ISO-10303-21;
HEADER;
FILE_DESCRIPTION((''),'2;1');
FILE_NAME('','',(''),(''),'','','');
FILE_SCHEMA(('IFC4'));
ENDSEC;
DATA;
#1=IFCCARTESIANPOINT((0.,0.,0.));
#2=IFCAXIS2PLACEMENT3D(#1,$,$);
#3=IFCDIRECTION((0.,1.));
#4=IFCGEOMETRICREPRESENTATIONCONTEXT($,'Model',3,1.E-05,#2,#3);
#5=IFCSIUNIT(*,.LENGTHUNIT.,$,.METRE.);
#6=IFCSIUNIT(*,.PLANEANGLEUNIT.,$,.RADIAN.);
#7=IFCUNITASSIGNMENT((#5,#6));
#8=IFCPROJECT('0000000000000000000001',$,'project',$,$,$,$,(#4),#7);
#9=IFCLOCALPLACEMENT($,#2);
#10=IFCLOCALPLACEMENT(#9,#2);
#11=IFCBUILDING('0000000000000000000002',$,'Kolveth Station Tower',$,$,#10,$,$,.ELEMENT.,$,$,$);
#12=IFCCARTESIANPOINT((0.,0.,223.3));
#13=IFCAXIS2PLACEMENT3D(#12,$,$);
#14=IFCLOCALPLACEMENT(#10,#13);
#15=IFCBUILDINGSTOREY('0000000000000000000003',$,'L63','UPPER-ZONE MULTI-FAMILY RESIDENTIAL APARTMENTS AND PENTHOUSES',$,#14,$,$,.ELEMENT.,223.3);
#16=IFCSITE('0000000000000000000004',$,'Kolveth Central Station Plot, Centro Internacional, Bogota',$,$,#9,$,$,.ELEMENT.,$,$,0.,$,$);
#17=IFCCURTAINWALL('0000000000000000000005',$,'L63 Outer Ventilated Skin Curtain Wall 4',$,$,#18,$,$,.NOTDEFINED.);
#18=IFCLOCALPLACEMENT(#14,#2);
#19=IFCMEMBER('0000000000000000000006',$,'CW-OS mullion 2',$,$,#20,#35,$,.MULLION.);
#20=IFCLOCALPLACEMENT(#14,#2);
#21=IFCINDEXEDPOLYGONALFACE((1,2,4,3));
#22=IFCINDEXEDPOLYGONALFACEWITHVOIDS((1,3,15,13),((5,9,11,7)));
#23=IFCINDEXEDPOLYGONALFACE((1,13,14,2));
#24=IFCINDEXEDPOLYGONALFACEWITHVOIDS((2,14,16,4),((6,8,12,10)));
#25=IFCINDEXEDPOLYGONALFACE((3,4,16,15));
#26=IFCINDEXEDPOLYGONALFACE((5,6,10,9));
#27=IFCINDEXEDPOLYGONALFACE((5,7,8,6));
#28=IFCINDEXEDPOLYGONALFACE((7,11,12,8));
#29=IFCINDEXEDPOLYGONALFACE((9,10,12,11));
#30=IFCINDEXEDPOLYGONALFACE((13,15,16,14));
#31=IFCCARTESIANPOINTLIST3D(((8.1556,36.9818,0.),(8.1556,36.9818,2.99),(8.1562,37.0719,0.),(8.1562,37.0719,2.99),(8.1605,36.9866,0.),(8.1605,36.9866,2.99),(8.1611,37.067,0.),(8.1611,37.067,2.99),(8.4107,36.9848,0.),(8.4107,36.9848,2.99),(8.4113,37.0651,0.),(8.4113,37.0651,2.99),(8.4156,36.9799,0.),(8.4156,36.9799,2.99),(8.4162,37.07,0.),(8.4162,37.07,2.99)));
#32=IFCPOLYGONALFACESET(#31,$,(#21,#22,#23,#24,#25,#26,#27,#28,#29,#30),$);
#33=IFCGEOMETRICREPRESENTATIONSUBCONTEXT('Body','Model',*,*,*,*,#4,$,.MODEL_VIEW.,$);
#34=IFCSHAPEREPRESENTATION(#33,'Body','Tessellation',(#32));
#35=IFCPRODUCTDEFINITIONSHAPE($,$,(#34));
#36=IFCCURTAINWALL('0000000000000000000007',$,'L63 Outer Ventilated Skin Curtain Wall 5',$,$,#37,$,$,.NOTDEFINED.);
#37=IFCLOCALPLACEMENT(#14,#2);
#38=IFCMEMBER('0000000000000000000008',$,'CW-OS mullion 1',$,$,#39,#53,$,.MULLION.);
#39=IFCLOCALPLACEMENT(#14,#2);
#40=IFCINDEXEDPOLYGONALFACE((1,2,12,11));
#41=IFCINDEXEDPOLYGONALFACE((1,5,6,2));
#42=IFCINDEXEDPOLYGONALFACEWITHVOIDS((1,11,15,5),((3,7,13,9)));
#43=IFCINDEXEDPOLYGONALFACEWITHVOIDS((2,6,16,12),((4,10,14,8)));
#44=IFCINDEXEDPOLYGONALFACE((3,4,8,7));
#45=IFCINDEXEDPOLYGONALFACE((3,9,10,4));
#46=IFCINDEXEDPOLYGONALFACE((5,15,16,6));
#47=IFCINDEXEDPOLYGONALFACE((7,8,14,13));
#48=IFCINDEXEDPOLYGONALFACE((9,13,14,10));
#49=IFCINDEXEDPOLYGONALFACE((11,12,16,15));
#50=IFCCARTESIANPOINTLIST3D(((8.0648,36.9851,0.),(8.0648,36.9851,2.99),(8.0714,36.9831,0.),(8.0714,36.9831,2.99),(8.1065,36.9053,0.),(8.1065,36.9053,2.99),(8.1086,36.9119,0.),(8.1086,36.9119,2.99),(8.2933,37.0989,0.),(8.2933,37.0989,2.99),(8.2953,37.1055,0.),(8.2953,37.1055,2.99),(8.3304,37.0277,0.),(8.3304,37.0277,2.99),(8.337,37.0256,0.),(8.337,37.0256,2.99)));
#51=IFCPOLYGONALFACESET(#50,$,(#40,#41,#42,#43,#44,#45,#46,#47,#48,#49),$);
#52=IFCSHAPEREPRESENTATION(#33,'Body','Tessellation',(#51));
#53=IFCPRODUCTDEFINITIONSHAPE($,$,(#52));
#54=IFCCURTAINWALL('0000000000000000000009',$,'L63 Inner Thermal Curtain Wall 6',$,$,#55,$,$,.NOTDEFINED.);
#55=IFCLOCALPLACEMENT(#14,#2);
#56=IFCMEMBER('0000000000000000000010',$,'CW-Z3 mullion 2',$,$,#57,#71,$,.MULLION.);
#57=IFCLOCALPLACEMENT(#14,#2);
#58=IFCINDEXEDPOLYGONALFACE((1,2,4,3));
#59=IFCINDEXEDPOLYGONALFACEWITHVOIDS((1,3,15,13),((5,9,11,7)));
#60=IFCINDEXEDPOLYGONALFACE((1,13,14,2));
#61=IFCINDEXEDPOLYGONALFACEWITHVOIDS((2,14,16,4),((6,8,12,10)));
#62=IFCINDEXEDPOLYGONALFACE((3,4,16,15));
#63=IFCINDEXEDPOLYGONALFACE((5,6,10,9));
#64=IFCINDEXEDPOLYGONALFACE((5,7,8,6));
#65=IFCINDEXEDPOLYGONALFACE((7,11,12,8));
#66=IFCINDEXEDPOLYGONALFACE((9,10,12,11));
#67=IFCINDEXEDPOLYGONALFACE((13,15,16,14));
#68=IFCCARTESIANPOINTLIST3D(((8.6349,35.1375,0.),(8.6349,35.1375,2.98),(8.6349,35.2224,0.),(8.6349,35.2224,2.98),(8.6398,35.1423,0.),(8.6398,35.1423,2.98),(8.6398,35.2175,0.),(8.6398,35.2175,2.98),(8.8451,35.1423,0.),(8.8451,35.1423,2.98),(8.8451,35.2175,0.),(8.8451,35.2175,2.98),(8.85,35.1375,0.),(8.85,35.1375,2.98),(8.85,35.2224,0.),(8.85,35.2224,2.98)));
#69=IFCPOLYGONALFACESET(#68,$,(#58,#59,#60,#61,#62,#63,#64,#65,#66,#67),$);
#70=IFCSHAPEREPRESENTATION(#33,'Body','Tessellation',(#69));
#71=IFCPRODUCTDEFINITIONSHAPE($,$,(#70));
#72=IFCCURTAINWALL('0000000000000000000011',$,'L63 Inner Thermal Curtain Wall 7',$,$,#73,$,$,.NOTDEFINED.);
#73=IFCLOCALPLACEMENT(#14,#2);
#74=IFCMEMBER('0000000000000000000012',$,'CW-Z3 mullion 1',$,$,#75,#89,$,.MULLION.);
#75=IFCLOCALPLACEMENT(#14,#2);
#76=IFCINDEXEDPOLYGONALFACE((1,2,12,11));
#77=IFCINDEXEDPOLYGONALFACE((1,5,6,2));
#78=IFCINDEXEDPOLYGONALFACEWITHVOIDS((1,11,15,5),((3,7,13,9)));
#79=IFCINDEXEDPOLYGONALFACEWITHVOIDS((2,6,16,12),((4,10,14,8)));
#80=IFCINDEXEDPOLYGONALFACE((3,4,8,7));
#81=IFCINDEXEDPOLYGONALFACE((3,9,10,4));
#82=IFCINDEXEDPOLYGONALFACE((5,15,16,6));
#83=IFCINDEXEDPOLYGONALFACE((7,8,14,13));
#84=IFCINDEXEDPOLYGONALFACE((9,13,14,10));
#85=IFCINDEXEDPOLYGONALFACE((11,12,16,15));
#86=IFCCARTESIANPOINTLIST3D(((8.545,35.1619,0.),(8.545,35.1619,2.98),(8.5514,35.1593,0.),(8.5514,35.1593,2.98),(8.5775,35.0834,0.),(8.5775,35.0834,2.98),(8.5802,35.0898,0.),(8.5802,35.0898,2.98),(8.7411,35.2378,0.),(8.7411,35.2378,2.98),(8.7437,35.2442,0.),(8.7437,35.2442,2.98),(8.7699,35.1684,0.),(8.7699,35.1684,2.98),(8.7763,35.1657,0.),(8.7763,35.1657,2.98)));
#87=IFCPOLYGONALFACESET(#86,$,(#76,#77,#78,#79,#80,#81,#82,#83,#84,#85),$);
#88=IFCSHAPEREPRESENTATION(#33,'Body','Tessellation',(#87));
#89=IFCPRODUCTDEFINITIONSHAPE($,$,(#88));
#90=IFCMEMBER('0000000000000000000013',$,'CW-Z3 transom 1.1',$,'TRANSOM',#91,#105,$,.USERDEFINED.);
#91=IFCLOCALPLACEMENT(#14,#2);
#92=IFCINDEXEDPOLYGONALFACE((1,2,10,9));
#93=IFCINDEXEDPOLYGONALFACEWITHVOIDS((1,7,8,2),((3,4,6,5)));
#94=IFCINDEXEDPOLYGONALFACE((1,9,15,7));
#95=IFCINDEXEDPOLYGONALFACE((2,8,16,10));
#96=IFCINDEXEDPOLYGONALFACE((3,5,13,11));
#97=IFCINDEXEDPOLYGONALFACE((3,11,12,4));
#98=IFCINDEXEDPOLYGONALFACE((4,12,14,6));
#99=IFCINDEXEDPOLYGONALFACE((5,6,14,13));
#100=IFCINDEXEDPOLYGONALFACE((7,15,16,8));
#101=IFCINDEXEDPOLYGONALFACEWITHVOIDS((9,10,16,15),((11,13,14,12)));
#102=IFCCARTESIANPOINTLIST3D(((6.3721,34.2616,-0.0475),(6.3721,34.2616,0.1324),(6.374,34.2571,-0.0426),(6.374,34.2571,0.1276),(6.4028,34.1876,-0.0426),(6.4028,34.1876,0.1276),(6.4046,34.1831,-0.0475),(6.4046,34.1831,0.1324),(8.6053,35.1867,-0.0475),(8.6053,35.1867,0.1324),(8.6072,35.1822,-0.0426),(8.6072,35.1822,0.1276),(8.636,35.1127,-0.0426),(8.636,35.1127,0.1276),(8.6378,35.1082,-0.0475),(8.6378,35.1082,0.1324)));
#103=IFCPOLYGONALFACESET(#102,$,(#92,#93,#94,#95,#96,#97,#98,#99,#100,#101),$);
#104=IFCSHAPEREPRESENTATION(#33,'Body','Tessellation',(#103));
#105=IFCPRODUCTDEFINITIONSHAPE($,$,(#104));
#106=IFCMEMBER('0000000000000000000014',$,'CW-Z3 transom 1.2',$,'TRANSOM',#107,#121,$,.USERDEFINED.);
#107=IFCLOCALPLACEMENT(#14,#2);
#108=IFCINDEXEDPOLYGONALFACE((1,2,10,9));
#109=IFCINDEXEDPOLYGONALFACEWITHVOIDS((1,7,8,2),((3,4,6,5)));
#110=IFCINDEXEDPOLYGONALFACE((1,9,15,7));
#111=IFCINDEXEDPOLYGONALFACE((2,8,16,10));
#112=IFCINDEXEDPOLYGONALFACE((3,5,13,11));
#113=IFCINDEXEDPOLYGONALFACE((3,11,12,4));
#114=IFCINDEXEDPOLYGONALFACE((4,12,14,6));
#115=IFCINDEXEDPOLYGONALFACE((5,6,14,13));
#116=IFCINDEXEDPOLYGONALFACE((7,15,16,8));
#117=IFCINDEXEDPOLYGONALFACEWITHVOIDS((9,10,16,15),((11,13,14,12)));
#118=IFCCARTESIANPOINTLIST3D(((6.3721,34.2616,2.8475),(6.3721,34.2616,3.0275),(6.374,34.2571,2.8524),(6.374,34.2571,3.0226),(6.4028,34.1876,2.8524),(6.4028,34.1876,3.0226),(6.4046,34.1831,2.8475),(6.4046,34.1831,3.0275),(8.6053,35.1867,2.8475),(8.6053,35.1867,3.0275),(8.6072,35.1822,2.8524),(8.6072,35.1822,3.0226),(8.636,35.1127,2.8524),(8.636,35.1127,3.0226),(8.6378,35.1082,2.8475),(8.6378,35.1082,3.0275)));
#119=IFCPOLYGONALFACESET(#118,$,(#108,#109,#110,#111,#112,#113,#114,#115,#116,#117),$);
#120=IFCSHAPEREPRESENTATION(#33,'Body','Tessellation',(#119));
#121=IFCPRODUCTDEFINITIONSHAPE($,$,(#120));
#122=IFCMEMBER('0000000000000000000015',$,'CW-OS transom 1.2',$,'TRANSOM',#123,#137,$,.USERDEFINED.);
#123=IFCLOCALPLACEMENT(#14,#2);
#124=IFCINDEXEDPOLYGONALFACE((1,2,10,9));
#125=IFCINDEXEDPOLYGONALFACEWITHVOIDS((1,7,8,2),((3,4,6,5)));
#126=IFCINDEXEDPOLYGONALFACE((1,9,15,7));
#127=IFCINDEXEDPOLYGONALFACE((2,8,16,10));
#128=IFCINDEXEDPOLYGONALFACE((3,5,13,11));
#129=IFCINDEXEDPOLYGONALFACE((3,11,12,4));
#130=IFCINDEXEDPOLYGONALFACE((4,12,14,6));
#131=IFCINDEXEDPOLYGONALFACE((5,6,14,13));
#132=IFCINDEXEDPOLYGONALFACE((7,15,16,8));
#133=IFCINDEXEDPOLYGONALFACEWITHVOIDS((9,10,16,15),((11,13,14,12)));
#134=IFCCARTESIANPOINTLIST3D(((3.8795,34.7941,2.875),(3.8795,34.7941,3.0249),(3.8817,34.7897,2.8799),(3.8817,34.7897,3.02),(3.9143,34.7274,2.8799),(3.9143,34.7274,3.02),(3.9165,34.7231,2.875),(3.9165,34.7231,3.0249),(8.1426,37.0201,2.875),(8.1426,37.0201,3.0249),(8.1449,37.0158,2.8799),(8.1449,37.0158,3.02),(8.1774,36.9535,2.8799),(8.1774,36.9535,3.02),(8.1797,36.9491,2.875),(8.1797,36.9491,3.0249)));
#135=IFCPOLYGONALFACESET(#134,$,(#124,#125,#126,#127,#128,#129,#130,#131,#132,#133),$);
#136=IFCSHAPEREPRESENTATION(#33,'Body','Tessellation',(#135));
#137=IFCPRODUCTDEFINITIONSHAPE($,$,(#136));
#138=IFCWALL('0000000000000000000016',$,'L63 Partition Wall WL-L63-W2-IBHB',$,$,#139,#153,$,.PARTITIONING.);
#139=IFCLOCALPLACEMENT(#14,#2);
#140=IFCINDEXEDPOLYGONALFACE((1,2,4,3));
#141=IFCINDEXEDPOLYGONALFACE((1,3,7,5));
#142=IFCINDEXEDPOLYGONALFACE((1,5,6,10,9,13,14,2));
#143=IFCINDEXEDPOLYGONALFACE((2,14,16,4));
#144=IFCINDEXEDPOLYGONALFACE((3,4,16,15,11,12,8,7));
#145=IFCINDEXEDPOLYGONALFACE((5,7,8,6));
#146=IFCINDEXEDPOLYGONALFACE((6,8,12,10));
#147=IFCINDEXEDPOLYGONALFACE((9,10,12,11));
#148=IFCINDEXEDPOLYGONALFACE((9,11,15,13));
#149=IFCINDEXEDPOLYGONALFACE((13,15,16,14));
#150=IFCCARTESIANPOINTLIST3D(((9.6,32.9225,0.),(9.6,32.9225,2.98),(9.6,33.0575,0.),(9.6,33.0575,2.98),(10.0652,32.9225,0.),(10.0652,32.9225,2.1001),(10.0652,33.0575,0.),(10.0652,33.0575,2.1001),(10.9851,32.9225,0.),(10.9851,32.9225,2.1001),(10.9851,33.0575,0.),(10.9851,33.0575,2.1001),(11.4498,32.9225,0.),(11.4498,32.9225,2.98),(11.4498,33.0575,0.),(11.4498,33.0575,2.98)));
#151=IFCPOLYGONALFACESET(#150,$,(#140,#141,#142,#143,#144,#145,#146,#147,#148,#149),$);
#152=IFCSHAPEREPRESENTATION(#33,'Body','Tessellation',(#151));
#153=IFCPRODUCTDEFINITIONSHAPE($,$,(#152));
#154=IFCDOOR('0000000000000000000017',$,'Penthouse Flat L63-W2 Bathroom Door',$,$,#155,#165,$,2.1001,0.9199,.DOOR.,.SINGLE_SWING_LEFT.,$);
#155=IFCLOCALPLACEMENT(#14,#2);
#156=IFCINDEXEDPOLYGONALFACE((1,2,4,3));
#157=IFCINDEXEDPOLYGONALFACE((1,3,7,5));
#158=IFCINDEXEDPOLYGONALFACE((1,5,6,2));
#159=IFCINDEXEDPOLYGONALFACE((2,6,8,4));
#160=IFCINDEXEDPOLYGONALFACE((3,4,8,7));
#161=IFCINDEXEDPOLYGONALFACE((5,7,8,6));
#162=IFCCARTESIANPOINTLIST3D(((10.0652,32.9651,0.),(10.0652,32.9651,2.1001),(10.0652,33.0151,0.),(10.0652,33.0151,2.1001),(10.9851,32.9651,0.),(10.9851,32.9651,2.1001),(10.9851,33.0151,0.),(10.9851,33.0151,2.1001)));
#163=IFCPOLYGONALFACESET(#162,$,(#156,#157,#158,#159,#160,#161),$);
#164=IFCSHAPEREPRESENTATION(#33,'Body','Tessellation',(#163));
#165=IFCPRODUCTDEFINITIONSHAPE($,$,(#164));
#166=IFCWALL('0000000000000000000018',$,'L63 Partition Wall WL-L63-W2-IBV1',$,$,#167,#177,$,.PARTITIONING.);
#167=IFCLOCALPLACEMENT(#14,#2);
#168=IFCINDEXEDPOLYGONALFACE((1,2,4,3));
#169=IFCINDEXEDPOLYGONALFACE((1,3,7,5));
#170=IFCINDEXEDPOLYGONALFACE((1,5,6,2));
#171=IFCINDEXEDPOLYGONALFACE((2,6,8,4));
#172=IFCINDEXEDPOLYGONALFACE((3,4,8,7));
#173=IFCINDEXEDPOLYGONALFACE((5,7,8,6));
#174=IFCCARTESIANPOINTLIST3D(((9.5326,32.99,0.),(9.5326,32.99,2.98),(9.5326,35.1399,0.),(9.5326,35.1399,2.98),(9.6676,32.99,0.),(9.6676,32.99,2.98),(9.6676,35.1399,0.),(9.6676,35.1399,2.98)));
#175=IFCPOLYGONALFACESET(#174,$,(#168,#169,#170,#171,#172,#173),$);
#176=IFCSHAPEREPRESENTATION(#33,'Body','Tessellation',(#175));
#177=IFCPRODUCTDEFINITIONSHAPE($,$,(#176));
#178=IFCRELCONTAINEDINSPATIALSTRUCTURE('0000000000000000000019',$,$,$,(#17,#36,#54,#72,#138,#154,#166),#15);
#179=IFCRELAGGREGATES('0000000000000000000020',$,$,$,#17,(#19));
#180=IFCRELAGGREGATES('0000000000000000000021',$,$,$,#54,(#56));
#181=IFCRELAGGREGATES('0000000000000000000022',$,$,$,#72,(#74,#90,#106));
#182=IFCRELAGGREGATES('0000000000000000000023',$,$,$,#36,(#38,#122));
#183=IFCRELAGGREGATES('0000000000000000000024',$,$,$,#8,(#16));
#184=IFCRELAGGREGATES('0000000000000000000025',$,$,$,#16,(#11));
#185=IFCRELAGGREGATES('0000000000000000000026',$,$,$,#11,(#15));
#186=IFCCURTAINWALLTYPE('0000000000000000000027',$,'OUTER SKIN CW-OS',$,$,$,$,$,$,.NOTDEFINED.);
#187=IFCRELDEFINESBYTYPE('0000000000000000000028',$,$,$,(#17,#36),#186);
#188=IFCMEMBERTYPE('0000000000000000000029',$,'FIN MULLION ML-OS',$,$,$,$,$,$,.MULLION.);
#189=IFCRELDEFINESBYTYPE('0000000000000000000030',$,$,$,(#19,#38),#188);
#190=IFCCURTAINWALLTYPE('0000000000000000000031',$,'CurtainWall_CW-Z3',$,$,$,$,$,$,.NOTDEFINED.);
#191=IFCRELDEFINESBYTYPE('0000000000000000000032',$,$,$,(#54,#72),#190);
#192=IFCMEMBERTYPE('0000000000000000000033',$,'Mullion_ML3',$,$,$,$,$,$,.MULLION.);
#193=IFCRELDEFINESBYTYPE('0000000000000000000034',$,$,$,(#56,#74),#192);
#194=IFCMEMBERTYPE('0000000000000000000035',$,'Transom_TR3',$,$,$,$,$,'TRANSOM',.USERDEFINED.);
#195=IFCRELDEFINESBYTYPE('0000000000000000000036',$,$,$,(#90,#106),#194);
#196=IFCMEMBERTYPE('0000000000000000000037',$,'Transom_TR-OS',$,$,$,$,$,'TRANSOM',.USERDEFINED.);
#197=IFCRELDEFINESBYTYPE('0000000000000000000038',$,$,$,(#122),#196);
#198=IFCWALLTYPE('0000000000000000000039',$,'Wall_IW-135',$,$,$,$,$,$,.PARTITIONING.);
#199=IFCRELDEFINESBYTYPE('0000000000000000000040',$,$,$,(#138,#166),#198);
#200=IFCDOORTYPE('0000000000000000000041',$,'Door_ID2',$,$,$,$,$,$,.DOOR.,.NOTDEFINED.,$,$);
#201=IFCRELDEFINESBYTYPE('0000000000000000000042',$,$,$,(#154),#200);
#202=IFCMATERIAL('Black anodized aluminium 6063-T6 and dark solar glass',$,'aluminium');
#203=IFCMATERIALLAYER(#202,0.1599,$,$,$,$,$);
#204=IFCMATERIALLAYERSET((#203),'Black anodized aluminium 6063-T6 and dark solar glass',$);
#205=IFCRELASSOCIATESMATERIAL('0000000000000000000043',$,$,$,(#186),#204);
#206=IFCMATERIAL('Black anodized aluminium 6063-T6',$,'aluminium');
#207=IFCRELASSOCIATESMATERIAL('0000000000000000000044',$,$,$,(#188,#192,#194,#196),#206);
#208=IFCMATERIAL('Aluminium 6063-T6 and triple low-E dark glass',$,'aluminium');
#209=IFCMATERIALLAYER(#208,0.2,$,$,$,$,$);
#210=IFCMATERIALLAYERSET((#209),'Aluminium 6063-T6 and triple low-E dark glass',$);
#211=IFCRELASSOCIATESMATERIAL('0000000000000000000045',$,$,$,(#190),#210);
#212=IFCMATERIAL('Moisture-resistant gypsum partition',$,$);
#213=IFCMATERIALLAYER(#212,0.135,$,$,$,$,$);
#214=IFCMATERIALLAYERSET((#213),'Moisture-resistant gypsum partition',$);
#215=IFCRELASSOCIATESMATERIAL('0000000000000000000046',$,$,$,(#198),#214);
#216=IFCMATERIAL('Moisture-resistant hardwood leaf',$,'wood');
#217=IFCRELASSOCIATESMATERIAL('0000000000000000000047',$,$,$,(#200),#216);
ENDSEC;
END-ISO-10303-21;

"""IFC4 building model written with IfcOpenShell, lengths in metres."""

from ifc_helpers import new_model, si_unit, direction, frame, frame_2d, origin, origin_2d, place, context, subcontext, project, spatial, rectangle, hollow_rectangle, extrude, source, transform, mapped, material, layer, layer_set, material_profile, profile_set, type_object, element, fill, aggregate, save


model = new_model("IFC4")

# Units and contexts
model_context = context("Model", 3, precision=1e-05, world=origin(), true_north=direction((0.0, 1.0)))
body_context = subcontext(model_context, "Body", "Model", "MODEL_VIEW")
ifc_project = project(units=[si_unit("LENGTHUNIT", "METRE"), si_unit("PLANEANGLEUNIT", "RADIAN")], contexts=[model_context])

# Site, building, storey
site_placement = place(None, origin())
site = spatial("IfcSite", under=ifc_project, at=site_placement, Name="Kolveth Central Station Plot, Centro Internacional, Bogota", CompositionType="ELEMENT", RefElevation=0.0)
building_placement = place(site_placement, origin())
building = spatial("IfcBuilding", under=site, at=building_placement, Name="Kolveth Station Tower", CompositionType="ELEMENT")
storey_placement = place(building_placement, frame((0.0, 0.0, 223.3)))
storey = spatial("IfcBuildingStorey", under=building, at=storey_placement, Name="L63", Description="UPPER-ZONE MULTI-FAMILY RESIDENTIAL APARTMENTS AND PENTHOUSES", CompositionType="ELEMENT", Elevation=223.3)

# Curtain walls, members
ifc_material_1 = material(Name="Black anodized aluminium 6063-T6 and dark solar glass", Category="aluminium")
ifc_layer_1 = layer(ifc_material_1, 0.1599)
ifc_layer_set_1 = layer_set([ifc_layer_1], Name="Black anodized aluminium 6063-T6 and dark solar glass")
curtain_wall_type_1 = type_object("IfcCurtainWallType", Name="OUTER SKIN CW-OS", PredefinedType="NOTDEFINED", material=ifc_layer_set_1)
curtain_wall_1_placement = place(storey_placement, origin())
curtain_wall_1 = element("IfcCurtainWall", 1, at=curtain_wall_1_placement, inside=storey, type_object=curtain_wall_type_1, Name="L63 Outer Ventilated Skin Curtain Wall 4", PredefinedType="NOTDEFINED")
ifc_material_2 = material(Name="Black anodized aluminium 6063-T6", Category="aluminium")
ifc_material_profile_1 = material_profile(ifc_material_2, hollow_rectangle(XDim=0.0901, YDim=0.26, WallThickness=0.0049, at=origin_2d()), Name="ALU-90x260x5")
ifc_profile_set_1 = profile_set([ifc_material_profile_1], Name="Black anodized aluminium 6063-T6")
member_type_1 = type_object("IfcMemberType", Name="FIN MULLION ML-OS", PredefinedType="MULLION", material=ifc_profile_set_1)
shared_shape_1 = source(origin(), body_context, "Body", "SweptSolid", [
    extrude(hollow_rectangle(XDim=0.0901, YDim=0.26, WallThickness=0.0049, at=origin_2d()), origin(), (0.0, 0.0, 1.0), 2.99),
])
member_1_placement = place(storey_placement, frame((8.2859, 37.0259, 0.0), z_axis=(0.0, 0.0, 1.0), x_axis=(-0.007382, -0.999973, 0.0)))
member_1 = element("IfcMember", 2, at=member_1_placement, type_object=member_type_1, Name="CW-OS mullion 2", PredefinedType="MULLION", context=body_context, shape_type="MappedRepresentation", body=[
    mapped(shared_shape_1, transform((0.0, 0.0, 0.0), x_axis=(1.0, 0.0, 0.0), y_axis=(0.0, 1.0, 0.0), z_axis=(0.0, 0.0, 1.0), scale=1.0)),
])
aggregate(curtain_wall_1, [member_1])
curtain_wall_2_placement = place(storey_placement, origin())
curtain_wall_2 = element("IfcCurtainWall", 3, at=curtain_wall_2_placement, inside=storey, type_object=curtain_wall_type_1, Name="L63 Outer Ventilated Skin Curtain Wall 5", PredefinedType="NOTDEFINED")
member_2_placement = place(storey_placement, frame((8.2009, 37.0054, 0.0), z_axis=(0.0, 0.0, 1.0), x_axis=(0.462834, -0.886445, 0.0)))
member_2 = element("IfcMember", 4, at=member_2_placement, type_object=member_type_1, Name="CW-OS mullion 1", PredefinedType="MULLION", context=body_context, shape_type="MappedRepresentation", body=[
    mapped(shared_shape_1, transform((0.0, 0.0, 0.0), x_axis=(1.0, 0.0, 0.0), y_axis=(0.0, 1.0, 0.0), z_axis=(0.0, 0.0, 1.0), scale=1.0)),
])
ifc_material_3 = material(Name="Aluminium 6063-T6 and triple low-E dark glass", Category="aluminium")
ifc_layer_2 = layer(ifc_material_3, 0.2)
ifc_layer_set_2 = layer_set([ifc_layer_2], Name="Aluminium 6063-T6 and triple low-E dark glass")
curtain_wall_type_2 = type_object("IfcCurtainWallType", Name="CurtainWall_CW-Z3", PredefinedType="NOTDEFINED", material=ifc_layer_set_2)
curtain_wall_3_placement = place(storey_placement, origin())
curtain_wall_3 = element("IfcCurtainWall", 5, at=curtain_wall_3_placement, inside=storey, type_object=curtain_wall_type_2, Name="L63 Inner Thermal Curtain Wall 6", PredefinedType="NOTDEFINED")
ifc_material_profile_2 = material_profile(ifc_material_2, hollow_rectangle(XDim=0.085, YDim=0.2151, WallThickness=0.0049, at=origin_2d()), Name="ALU-85x215x5")
ifc_profile_set_2 = profile_set([ifc_material_profile_2], Name="Black anodized aluminium 6063-T6")
member_type_2 = type_object("IfcMemberType", Name="Mullion_ML3", PredefinedType="MULLION", material=ifc_profile_set_2)
shared_shape_2 = source(origin(), body_context, "Body", "SweptSolid", [
    extrude(hollow_rectangle(XDim=0.085, YDim=0.2151, WallThickness=0.0049, at=origin_2d()), origin(), (0.0, 0.0, 1.0), 2.98),
])
member_3_placement = place(storey_placement, frame((8.7424, 35.1799, 0.0), z_axis=(0.0, 0.0, 1.0), x_axis=(0.0, -1.0, 0.0)))
member_3 = element("IfcMember", 6, at=member_3_placement, type_object=member_type_2, Name="CW-Z3 mullion 2", PredefinedType="MULLION", context=body_context, shape_type="MappedRepresentation", body=[
    mapped(shared_shape_2, transform((0.0, 0.0, 0.0), x_axis=(1.0, 0.0, 0.0), y_axis=(0.0, 1.0, 0.0), z_axis=(0.0, 0.0, 1.0), scale=1.0)),
])
aggregate(curtain_wall_3, [member_3])

# Curtain wall, members
curtain_wall_4_placement = place(storey_placement, origin())
curtain_wall_4 = element("IfcCurtainWall", 7, at=curtain_wall_4_placement, inside=storey, type_object=curtain_wall_type_2, Name="L63 Inner Thermal Curtain Wall 7", PredefinedType="NOTDEFINED")
member_4_placement = place(storey_placement, frame((8.6606, 35.1638, 0.0), z_axis=(0.0, 0.0, 1.0), x_axis=(0.382693, -0.923875, 0.0)))
member_4 = element("IfcMember", 8, at=member_4_placement, type_object=member_type_2, Name="CW-Z3 mullion 1", PredefinedType="MULLION", context=body_context, shape_type="MappedRepresentation", body=[
    mapped(shared_shape_2, transform((0.0, 0.0, 0.0), x_axis=(1.0, 0.0, 0.0), y_axis=(0.0, 1.0, 0.0), z_axis=(0.0, 0.0, 1.0), scale=1.0)),
])
ifc_material_profile_3 = material_profile(ifc_material_2, hollow_rectangle(XDim=0.085, YDim=0.1799, WallThickness=0.0049, at=origin_2d()), Name="ALU-85x180x5")
ifc_profile_set_3 = profile_set([ifc_material_profile_3], Name="Black anodized aluminium 6063-T6")
member_type_3 = type_object("IfcMemberType", Name="Transom_TR3", ElementType="TRANSOM", PredefinedType="USERDEFINED", material=ifc_profile_set_3)
shared_shape_3 = source(origin(), body_context, "Body", "SweptSolid", [
    extrude(hollow_rectangle(XDim=0.085, YDim=0.1799, WallThickness=0.0049, at=origin_2d()), origin(), (0.0, 0.0, 1.0), 2.4172),
])
member_5_placement = place(storey_placement, frame((8.6216, 35.1475, 0.0425), z_axis=(-0.923873, -0.3827, 0.0), x_axis=(0.3827, -0.923873, 0.0)))
member_5 = element("IfcMember", 9, at=member_5_placement, type_object=member_type_3, Name="CW-Z3 transom 1.1", ObjectType="TRANSOM", PredefinedType="USERDEFINED", context=body_context, shape_type="MappedRepresentation", body=[
    mapped(shared_shape_3, transform((0.0, 0.0, 0.0), x_axis=(1.0, 0.0, 0.0), y_axis=(0.0, 1.0, 0.0), z_axis=(0.0, 0.0, 1.0), scale=1.0)),
])
member_6_placement = place(storey_placement, frame((8.6216, 35.1475, 2.9375), z_axis=(-0.923873, -0.3827, 0.0), x_axis=(0.3827, -0.923873, 0.0)))
member_6 = element("IfcMember", 10, at=member_6_placement, type_object=member_type_3, Name="CW-Z3 transom 1.2", ObjectType="TRANSOM", PredefinedType="USERDEFINED", context=body_context, shape_type="MappedRepresentation", body=[
    mapped(shared_shape_3, transform((0.0, 0.0, 0.0), x_axis=(1.0, 0.0, 0.0), y_axis=(0.0, 1.0, 0.0), z_axis=(0.0, 0.0, 1.0), scale=1.0)),
])
aggregate(curtain_wall_4, [member_4, member_5, member_6])

# Member
ifc_material_profile_4 = material_profile(ifc_material_2, hollow_rectangle(XDim=0.0801, YDim=0.1499, WallThickness=0.0049, at=origin_2d()), Name="ALU-80x150x5")
ifc_profile_set_4 = profile_set([ifc_material_profile_4], Name="Black anodized aluminium 6063-T6")
member_type_4 = type_object("IfcMemberType", Name="Transom_TR-OS", ElementType="TRANSOM", PredefinedType="USERDEFINED", material=ifc_profile_set_4)
shared_shape_4 = source(origin(), body_context, "Body", "SweptSolid", [
    extrude(hollow_rectangle(XDim=0.0801, YDim=0.1499, WallThickness=0.0049, at=origin_2d()), origin(), (0.0, 0.0, 1.0), 4.8093),
])
member_7_placement = place(storey_placement, frame((8.1611, 36.9846, 2.95), z_axis=(-0.886431, -0.462861, 0.0), x_axis=(0.462861, -0.886431, 0.0)))
member_7 = element("IfcMember", 11, at=member_7_placement, type_object=member_type_4, Name="CW-OS transom 1.2", ObjectType="TRANSOM", PredefinedType="USERDEFINED", context=body_context, shape_type="MappedRepresentation", body=[
    mapped(shared_shape_4, transform((0.0, 0.0, 0.0), x_axis=(1.0, 0.0, 0.0), y_axis=(0.0, 1.0, 0.0), z_axis=(0.0, 0.0, 1.0), scale=1.0)),
])
aggregate(curtain_wall_2, [member_2, member_7])

# Wall, opening, door
ifc_material_4 = material(Name="Moisture-resistant gypsum partition")
ifc_layer_3 = layer(ifc_material_4, 0.135)
ifc_layer_set_3 = layer_set([ifc_layer_3], Name="Moisture-resistant gypsum partition")
wall_type_1 = type_object("IfcWallType", Name="Wall_IW-135", PredefinedType="PARTITIONING", material=ifc_layer_set_3)
wall_1_placement = place(storey_placement, frame((9.6001, 32.99, 0.0), z_axis=(0.0, 0.0, 1.0), x_axis=(1.0, 0.0, 0.0)))
wall_1 = element("IfcWall", 12, at=wall_1_placement, inside=storey, type_object=wall_type_1, Name="L63 Partition Wall WL-L63-W2-IBHB", PredefinedType="PARTITIONING", context=body_context, shape_type="SweptSolid", body=[
    extrude(rectangle(XDim=1.8499, YDim=0.135, at=frame_2d((0.9248, 0.0))), origin(), (0.0, 0.0, 1.0), 2.98),
])
opening_1_placement = place(wall_1_placement, frame((0.4651, 0.0, 0.0)))
opening_1 = element("IfcOpeningElement", 13, at=opening_1_placement, cuts=wall_1, PredefinedType="OPENING", context=body_context, shape_type="SweptSolid", body=[
    extrude(rectangle(XDim=0.9199, YDim=2.1001, at=frame_2d((0.46, 1.05))), frame((0.0, 0.0774, 0.0), z_axis=(0.0, -1.0, 0.0), x_axis=(1.0, 0.0, 0.0)), (0.0, 0.0, 1.0), 0.155),
])
ifc_material_5 = material(Name="Moisture-resistant hardwood leaf", Category="wood")
door_type_1 = type_object("IfcDoorType", Name="Door_ID2", OperationType="NOTDEFINED", PredefinedType="DOOR", material=ifc_material_5)
door_1_placement = place(opening_1_placement, frame((0.9199, 0.0, 0.0), z_axis=(0.0, 0.0, 1.0), x_axis=(-1.0, 0.0, 0.0)))
door_1 = element("IfcDoor", 14, at=door_1_placement, inside=storey, type_object=door_type_1, Name="Penthouse Flat L63-W2 Bathroom Door", OperationType="SINGLE_SWING_LEFT", OverallHeight=2.1001, OverallWidth=0.9199, PredefinedType="DOOR", context=body_context, shape_type="SweptSolid", body=[
    extrude(rectangle(XDim=0.9199, YDim=2.1001, at=frame_2d((0.46, 1.05))), frame((0.0, 0.0249, 0.0), z_axis=(0.0, -1.0, 0.0), x_axis=(1.0, 0.0, 0.0)), (0.0, 0.0, 1.0), 0.05),
])
fill(opening_1, door_1)

# Wall
for number, where, z_axis, x_axis, name in (
    (15, (9.6001, 32.99, 0.0), (0.0, 0.0, 1.0), (0.0, 1.0, 0.0), "L63 Partition Wall WL-L63-W2-IBV1"),
):
    element("IfcWall", number, at=place(storey_placement, frame(where, z_axis=z_axis, x_axis=x_axis)), inside=storey, type_object=wall_type_1, Name=name, PredefinedType="PARTITIONING", context=body_context, shape_type="SweptSolid", body=[
        extrude(rectangle(XDim=2.1499, YDim=0.135, at=frame_2d((1.075, 0.0))), origin(), (0.0, 0.0, 1.0), 2.98),
    ])

save(model, "model.ifc")
